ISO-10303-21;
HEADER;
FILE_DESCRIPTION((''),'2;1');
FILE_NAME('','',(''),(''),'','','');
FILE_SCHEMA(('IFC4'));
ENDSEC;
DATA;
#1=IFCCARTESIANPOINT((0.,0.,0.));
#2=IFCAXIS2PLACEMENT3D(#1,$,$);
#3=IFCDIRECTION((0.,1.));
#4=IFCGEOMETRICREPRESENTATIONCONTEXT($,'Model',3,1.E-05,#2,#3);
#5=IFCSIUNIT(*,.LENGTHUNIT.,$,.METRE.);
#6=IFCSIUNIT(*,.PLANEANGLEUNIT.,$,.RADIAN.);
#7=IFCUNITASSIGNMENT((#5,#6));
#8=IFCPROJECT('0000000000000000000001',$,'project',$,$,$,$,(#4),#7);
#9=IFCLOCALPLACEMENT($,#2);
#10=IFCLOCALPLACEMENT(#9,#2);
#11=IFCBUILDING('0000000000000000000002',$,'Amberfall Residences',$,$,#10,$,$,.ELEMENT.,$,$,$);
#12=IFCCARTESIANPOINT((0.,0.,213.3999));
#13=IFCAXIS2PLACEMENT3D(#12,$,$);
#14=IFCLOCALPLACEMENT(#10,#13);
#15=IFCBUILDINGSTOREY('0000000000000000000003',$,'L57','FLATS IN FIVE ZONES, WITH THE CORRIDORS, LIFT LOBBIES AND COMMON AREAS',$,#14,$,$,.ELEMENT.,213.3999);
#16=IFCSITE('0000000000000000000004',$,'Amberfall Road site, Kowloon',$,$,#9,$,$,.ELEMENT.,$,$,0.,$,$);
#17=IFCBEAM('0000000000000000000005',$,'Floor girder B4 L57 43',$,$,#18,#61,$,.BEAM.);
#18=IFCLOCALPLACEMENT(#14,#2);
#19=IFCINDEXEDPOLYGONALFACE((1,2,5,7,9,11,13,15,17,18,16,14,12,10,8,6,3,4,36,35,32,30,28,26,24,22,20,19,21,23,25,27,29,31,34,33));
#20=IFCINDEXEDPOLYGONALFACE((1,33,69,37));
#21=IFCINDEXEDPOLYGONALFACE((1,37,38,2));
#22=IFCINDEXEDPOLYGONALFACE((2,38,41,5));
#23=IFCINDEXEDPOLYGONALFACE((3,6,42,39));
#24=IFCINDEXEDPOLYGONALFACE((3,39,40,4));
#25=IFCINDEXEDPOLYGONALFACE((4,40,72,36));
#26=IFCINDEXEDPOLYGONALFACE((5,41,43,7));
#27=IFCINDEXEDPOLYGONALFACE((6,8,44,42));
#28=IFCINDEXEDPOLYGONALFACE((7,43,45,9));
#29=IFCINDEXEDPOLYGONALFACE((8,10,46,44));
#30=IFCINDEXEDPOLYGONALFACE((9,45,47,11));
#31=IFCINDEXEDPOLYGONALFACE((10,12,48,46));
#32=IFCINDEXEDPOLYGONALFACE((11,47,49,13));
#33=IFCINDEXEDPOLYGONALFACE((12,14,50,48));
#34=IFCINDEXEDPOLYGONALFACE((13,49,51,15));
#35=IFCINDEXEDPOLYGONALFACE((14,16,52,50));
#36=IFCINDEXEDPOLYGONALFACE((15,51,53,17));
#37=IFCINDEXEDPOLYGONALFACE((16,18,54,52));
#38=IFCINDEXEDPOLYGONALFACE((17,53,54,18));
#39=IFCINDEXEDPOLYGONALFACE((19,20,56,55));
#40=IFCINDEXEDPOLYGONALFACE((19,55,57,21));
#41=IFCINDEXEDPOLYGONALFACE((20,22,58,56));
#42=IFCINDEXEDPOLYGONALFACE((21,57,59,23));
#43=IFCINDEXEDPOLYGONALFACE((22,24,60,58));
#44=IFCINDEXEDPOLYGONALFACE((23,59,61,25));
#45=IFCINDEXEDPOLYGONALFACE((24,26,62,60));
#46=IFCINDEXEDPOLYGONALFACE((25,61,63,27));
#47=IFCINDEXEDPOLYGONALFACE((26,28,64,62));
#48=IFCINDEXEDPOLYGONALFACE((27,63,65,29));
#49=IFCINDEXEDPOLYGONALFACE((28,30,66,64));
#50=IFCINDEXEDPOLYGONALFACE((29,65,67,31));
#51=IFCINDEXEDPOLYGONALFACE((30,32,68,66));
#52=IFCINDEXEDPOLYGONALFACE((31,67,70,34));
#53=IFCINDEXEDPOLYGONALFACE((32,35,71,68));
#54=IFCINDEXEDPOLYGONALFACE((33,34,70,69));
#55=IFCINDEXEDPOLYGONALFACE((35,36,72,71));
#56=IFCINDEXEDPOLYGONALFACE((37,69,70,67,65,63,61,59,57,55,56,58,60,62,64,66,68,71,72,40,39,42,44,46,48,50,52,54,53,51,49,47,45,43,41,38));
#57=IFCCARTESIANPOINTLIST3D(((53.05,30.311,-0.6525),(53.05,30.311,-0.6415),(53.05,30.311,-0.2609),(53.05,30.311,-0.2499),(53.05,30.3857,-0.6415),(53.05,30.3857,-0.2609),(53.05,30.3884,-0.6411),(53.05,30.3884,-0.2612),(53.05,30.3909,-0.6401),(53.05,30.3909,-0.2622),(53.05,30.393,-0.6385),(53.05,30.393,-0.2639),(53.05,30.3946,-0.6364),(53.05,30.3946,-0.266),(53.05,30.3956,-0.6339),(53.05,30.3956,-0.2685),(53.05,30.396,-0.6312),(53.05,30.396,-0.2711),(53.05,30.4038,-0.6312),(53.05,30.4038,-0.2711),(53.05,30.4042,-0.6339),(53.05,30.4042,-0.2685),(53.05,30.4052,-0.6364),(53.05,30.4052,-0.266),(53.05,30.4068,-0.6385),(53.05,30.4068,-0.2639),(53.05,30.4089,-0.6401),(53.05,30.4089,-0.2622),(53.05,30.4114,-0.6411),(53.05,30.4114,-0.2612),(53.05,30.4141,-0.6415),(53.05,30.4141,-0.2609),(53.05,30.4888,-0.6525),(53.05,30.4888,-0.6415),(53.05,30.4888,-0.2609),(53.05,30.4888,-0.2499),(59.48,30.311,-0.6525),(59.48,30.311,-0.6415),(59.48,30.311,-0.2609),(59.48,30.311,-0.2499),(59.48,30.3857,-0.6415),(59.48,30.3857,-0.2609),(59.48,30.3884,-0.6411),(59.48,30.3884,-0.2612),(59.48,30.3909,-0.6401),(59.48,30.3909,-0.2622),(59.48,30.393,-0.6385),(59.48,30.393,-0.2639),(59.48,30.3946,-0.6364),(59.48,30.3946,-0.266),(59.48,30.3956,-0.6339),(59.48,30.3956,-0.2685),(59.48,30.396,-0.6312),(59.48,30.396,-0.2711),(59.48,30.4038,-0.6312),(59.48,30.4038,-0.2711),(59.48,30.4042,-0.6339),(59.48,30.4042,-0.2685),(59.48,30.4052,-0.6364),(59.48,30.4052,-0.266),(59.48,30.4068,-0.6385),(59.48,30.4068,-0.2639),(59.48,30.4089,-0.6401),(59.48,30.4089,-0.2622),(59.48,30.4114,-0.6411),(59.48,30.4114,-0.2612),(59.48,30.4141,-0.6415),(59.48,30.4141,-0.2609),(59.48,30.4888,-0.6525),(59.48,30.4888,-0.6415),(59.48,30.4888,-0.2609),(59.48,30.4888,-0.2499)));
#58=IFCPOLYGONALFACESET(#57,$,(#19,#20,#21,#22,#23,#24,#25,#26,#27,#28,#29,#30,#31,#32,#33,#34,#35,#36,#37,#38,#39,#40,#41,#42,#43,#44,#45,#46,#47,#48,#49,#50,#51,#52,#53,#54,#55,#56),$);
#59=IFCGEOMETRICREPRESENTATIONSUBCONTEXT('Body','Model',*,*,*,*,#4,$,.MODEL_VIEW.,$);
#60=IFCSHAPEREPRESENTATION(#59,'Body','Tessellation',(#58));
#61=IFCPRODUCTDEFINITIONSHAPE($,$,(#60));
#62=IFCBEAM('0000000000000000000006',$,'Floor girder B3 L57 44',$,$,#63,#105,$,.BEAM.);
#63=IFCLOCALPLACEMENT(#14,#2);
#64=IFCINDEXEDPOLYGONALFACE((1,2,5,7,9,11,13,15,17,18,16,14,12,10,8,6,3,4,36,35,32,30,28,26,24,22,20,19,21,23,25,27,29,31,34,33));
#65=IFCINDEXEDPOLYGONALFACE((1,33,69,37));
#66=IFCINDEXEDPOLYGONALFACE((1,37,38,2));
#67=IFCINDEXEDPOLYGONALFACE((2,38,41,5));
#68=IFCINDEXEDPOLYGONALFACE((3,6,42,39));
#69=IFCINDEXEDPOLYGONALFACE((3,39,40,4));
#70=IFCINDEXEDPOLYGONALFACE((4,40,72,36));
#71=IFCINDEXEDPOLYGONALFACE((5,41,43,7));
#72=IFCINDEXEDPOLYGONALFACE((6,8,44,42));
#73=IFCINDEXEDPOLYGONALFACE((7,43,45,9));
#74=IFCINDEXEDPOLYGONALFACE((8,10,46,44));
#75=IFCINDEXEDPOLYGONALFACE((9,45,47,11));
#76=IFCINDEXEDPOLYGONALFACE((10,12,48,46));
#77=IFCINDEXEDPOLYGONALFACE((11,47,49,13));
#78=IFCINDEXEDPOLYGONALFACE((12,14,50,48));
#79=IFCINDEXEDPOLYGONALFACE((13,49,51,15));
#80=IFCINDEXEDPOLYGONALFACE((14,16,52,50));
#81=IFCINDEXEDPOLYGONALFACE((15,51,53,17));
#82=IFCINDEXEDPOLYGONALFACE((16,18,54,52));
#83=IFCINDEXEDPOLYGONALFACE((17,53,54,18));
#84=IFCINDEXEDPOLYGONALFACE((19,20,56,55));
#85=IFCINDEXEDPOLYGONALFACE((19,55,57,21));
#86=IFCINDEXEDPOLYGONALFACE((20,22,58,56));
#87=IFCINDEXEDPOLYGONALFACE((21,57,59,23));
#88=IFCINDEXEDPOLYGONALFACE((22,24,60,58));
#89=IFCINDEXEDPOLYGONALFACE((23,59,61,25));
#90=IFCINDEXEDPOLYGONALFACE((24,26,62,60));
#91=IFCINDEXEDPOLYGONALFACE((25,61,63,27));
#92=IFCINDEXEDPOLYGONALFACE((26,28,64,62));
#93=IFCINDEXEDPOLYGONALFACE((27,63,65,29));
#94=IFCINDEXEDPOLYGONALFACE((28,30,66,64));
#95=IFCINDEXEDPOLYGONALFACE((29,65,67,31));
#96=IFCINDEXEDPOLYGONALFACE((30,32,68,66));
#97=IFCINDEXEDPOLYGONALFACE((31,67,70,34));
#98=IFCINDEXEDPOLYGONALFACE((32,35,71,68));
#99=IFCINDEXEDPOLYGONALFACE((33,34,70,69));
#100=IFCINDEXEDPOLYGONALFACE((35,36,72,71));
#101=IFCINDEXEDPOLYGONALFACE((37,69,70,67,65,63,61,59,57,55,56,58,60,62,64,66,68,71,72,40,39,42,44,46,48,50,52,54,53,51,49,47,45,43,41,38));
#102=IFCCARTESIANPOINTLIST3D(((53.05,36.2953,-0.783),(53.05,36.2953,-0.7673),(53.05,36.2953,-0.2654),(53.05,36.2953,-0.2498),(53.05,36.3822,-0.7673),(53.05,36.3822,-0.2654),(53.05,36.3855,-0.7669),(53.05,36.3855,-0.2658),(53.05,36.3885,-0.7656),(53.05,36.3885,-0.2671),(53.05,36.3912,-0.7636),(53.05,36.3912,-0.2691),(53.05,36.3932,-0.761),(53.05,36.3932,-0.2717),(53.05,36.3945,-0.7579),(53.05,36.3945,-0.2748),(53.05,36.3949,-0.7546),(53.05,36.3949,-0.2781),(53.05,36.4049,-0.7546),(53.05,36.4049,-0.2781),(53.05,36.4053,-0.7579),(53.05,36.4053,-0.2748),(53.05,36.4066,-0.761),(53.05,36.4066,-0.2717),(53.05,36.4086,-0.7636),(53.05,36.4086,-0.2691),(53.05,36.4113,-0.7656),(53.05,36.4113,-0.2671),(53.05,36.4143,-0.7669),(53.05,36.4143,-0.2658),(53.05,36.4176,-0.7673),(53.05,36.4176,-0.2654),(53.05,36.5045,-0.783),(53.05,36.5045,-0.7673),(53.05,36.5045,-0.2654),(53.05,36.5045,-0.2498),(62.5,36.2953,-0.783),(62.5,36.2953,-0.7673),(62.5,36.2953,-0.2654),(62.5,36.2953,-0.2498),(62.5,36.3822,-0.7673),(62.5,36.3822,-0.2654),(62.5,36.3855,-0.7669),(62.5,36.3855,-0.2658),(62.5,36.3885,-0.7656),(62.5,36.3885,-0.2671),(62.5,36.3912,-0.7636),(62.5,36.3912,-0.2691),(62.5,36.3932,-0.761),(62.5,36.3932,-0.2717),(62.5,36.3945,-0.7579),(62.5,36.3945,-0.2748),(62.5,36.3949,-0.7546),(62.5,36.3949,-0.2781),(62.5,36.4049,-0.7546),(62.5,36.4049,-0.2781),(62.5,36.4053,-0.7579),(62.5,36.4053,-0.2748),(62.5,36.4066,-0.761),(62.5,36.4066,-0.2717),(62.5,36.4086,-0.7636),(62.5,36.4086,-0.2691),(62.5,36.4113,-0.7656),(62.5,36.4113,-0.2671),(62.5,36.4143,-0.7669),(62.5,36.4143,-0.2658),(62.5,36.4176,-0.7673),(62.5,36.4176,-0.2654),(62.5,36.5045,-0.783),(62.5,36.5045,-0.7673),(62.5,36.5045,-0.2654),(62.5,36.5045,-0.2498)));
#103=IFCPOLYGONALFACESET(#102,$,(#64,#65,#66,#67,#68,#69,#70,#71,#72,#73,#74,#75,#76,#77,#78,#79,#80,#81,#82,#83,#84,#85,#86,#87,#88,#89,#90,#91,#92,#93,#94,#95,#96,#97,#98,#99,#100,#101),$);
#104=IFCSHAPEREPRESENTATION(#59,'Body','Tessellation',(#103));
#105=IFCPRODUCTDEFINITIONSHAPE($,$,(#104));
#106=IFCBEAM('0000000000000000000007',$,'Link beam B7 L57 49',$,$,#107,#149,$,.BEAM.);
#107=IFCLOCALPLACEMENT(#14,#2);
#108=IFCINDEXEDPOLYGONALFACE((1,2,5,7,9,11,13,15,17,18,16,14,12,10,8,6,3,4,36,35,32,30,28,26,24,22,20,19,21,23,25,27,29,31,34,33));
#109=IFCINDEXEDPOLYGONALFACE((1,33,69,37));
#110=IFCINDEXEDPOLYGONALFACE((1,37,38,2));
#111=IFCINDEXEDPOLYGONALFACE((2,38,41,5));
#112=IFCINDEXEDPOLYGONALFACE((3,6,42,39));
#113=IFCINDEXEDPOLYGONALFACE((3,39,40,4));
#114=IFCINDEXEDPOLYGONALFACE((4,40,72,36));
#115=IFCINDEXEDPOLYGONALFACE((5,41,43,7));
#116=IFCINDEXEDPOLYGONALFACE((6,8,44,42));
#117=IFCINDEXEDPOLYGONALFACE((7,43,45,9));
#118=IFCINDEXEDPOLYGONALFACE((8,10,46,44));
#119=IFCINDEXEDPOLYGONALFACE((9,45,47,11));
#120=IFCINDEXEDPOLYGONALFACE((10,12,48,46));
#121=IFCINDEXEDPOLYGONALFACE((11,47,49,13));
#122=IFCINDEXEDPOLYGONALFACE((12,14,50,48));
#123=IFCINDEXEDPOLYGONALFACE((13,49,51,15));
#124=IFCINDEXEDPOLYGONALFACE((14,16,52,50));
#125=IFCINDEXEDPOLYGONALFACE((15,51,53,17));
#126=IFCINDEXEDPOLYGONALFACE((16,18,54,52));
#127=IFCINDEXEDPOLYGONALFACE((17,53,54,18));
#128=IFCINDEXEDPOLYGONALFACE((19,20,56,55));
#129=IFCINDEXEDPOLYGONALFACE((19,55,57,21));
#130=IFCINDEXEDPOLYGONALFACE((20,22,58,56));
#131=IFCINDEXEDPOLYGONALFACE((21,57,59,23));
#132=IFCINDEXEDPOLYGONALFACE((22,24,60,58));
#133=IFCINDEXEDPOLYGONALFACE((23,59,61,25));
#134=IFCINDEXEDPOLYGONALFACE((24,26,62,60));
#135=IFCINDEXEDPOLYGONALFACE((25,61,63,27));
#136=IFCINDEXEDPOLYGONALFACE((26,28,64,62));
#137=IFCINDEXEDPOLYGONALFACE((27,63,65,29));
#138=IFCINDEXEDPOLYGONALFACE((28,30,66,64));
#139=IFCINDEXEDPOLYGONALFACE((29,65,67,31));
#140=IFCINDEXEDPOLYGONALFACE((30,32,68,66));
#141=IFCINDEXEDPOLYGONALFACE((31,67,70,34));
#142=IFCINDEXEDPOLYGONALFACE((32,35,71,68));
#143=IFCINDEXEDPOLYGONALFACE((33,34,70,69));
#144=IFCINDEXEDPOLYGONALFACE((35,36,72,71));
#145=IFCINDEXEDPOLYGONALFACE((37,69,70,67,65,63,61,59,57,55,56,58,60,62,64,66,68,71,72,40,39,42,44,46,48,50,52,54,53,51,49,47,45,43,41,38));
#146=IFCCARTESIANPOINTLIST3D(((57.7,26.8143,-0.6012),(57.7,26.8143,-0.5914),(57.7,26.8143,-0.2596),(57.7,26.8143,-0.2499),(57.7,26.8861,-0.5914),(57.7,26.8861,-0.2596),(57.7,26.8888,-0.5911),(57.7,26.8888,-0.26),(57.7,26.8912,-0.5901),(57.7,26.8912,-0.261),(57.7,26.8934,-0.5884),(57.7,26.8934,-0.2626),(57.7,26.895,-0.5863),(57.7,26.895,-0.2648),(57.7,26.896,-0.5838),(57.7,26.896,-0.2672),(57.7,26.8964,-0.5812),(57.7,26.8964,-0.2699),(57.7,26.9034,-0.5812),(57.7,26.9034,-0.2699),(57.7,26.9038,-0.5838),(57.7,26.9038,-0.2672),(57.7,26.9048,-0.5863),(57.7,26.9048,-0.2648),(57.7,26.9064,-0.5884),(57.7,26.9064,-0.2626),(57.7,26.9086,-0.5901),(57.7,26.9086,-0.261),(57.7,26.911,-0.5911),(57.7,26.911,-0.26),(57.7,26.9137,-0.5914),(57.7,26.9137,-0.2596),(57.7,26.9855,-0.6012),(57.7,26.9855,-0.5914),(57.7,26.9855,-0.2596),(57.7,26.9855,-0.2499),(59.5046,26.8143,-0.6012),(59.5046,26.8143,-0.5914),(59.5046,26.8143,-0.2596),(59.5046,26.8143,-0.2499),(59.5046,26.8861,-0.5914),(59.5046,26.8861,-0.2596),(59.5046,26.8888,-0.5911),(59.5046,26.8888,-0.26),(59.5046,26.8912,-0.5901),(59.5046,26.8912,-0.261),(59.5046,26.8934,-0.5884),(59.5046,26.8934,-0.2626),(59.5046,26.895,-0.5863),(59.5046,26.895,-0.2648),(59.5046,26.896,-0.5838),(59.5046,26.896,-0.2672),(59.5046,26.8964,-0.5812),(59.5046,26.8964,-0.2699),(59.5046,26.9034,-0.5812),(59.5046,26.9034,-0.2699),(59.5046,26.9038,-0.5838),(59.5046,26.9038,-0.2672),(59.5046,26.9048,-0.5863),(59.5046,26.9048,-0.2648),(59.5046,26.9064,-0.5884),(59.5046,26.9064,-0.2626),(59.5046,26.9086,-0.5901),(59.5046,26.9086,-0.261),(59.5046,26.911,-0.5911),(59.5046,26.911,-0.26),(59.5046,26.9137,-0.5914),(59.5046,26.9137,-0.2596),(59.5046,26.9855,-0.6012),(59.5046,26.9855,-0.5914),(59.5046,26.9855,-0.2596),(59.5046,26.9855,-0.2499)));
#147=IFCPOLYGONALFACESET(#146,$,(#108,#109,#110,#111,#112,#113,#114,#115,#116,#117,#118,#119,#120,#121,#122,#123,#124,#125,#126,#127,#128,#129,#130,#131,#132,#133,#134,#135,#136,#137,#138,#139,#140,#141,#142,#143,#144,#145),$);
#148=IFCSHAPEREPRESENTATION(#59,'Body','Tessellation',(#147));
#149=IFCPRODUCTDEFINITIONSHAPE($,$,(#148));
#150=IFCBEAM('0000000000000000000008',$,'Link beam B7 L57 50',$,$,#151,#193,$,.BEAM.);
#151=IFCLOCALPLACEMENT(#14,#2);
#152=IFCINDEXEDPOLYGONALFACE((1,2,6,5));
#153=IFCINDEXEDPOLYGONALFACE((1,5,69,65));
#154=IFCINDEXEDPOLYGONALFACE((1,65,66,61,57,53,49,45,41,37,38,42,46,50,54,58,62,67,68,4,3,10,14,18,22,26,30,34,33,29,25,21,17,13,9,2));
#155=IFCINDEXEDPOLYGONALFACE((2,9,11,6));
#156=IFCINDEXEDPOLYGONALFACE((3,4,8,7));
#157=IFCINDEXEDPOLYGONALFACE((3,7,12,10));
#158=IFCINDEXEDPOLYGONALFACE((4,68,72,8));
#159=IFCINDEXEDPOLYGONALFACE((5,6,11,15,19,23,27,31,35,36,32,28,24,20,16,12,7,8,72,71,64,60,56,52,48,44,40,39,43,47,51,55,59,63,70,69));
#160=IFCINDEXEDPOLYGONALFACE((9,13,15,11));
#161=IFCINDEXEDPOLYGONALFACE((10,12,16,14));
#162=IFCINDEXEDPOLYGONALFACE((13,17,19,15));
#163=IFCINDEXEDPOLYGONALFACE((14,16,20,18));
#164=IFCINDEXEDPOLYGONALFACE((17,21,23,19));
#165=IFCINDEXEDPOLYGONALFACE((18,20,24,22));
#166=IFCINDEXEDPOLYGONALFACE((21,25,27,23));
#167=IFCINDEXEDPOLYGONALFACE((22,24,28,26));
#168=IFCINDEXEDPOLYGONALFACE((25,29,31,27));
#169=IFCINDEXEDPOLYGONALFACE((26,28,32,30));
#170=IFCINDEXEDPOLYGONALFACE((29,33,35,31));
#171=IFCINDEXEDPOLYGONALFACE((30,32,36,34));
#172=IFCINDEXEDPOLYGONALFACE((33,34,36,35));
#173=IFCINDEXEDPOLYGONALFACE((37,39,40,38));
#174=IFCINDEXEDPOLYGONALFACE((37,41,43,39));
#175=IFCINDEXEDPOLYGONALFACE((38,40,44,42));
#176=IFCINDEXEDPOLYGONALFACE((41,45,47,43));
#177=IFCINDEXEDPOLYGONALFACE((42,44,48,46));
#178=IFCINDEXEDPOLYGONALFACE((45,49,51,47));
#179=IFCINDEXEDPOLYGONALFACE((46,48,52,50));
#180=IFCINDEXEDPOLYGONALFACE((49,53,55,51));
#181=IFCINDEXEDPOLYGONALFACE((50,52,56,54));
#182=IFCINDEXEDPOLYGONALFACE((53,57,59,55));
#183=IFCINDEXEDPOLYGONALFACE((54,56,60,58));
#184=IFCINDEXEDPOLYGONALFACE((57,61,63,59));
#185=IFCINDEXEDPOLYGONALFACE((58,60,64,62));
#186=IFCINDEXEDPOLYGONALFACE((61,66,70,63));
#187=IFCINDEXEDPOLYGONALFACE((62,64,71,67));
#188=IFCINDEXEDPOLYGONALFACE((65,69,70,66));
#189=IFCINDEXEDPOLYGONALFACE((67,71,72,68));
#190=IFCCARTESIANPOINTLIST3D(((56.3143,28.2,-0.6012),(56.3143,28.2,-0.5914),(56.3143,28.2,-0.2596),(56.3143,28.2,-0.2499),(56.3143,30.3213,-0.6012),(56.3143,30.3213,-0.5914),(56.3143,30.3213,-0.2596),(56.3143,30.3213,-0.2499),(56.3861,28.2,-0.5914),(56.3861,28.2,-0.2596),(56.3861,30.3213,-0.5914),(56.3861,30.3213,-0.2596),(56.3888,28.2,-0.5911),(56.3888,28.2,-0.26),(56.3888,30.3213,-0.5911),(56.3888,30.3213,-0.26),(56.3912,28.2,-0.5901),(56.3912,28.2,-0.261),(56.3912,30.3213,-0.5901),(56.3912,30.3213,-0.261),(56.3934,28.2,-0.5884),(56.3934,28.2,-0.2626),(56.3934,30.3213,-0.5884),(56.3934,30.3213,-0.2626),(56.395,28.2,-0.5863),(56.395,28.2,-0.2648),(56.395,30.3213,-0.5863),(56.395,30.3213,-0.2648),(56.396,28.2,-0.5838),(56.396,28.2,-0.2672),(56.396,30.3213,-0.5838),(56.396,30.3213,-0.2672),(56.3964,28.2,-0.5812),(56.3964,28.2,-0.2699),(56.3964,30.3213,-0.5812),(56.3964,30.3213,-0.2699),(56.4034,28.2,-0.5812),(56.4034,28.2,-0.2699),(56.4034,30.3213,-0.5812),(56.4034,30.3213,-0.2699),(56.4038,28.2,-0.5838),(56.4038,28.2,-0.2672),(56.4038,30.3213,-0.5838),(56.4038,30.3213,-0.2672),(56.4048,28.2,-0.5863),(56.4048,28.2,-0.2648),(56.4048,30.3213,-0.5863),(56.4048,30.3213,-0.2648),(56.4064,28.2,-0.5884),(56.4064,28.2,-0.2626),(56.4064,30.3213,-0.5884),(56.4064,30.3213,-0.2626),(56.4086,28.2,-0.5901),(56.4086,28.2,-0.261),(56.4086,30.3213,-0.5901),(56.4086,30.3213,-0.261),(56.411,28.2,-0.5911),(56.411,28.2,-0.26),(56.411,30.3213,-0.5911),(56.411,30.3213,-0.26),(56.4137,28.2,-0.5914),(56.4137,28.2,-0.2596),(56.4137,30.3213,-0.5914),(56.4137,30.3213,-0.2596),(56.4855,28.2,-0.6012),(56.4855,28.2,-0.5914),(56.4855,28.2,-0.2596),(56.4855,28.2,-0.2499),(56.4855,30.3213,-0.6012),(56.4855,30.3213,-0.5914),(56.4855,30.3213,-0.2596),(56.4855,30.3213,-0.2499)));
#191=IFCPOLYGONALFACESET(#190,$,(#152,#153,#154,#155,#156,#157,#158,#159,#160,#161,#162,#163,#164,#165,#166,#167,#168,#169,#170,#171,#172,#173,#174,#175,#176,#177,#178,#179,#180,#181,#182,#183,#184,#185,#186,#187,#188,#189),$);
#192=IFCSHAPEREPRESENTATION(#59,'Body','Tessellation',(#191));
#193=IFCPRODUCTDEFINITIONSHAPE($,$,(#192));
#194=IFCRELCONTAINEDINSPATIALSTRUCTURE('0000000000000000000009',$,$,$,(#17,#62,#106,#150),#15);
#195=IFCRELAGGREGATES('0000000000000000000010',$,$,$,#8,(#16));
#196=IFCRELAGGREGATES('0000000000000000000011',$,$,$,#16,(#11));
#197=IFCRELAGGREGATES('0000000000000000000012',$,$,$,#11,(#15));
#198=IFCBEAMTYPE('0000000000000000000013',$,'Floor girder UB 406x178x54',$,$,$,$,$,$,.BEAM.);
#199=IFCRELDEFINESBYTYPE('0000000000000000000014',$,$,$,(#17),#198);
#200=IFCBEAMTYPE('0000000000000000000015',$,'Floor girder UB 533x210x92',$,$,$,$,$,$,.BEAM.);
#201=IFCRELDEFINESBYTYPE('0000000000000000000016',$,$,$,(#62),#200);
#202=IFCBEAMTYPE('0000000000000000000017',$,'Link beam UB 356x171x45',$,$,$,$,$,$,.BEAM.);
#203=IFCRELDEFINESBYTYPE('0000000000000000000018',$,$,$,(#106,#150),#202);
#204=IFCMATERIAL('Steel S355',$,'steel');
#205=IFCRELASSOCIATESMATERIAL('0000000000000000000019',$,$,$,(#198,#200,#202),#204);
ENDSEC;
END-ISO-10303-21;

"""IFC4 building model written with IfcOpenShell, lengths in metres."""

from ifc_helpers import new_model, si_unit, direction, frame, origin, origin_2d, place, context, subcontext, project, spatial, i_section, extrude, material, material_profile, profile_set, type_object, element, save


model = new_model("IFC4")

# Units and contexts
model_context = context("Model", 3, precision=1e-05, world=origin(), true_north=direction((0.0, 1.0)))
body_context = subcontext(model_context, "Body", "Model", "MODEL_VIEW")
ifc_project = project(units=[si_unit("LENGTHUNIT", "METRE"), si_unit("PLANEANGLEUNIT", "RADIAN")], contexts=[model_context])

# Site, building, storey
site_placement = place(None, origin())
site = spatial("IfcSite", under=ifc_project, at=site_placement, Name="Amberfall Road site, Kowloon", CompositionType="ELEMENT", RefElevation=0.0)
building_placement = place(site_placement, origin())
building = spatial("IfcBuilding", under=site, at=building_placement, Name="Amberfall Residences", CompositionType="ELEMENT")
storey_placement = place(building_placement, frame((0.0, 0.0, 213.3999)))
storey = spatial("IfcBuildingStorey", under=building, at=storey_placement, Name="L57", Description="FLATS IN FIVE ZONES, WITH THE CORRIDORS, LIFT LOBBIES AND COMMON AREAS", CompositionType="ELEMENT", Elevation=213.3999)

# Beams
ifc_material_1 = material(Name="Steel S355", Category="steel")
ifc_material_profile_1 = material_profile(ifc_material_1, i_section(OverallWidth=0.1777, OverallDepth=0.4026, WebThickness=0.0078, FlangeThickness=0.011, FilletRadius=0.0103, at=origin_2d()), Name="UB 406x178x54")
ifc_profile_set_1 = profile_set([ifc_material_profile_1], Name="Steel S355")
beam_type_1 = type_object("IfcBeamType", Name="Floor girder UB 406x178x54", PredefinedType="BEAM", material=ifc_profile_set_1)
beam_1_placement = place(storey_placement, frame((53.05, 30.3999, -0.4512), z_axis=(1.0, 0.0, 0.0), x_axis=(0.0, 1.0, 0.0)))
element("IfcBeam", 1, at=beam_1_placement, inside=storey, type_object=beam_type_1, Name="Floor girder B4 L57 43", PredefinedType="BEAM", context=body_context, shape_type="SweptSolid", body=[
    extrude(i_section(OverallWidth=0.1777, OverallDepth=0.4026, WebThickness=0.0078, FlangeThickness=0.011, FilletRadius=0.0103, at=origin_2d()), origin(), (0.0, 0.0, 1.0), 6.4299),
])
ifc_material_profile_2 = material_profile(ifc_material_1, i_section(OverallWidth=0.2092, OverallDepth=0.5332, WebThickness=0.01, FlangeThickness=0.0156, FilletRadius=0.0127, at=origin_2d()), Name="UB 533x210x92")
ifc_profile_set_2 = profile_set([ifc_material_profile_2], Name="Steel S355")
beam_type_2 = type_object("IfcBeamType", Name="Floor girder UB 533x210x92", PredefinedType="BEAM", material=ifc_profile_set_2)
beam_2_placement = place(storey_placement, frame((53.05, 36.3999, -0.5164), z_axis=(1.0, 0.0, 0.0), x_axis=(0.0, 1.0, 0.0)))
element("IfcBeam", 2, at=beam_2_placement, inside=storey, type_object=beam_type_2, Name="Floor girder B3 L57 44", PredefinedType="BEAM", context=body_context, shape_type="SweptSolid", body=[
    extrude(i_section(OverallWidth=0.2092, OverallDepth=0.5332, WebThickness=0.01, FlangeThickness=0.0156, FilletRadius=0.0127, at=origin_2d()), origin(), (0.0, 0.0, 1.0), 9.45),
])
ifc_material_profile_3 = material_profile(ifc_material_1, i_section(OverallWidth=0.1711, OverallDepth=0.3513, WebThickness=0.0071, FlangeThickness=0.0098, FilletRadius=0.0103, at=origin_2d()), Name="UB 356x171x45")
ifc_profile_set_3 = profile_set([ifc_material_profile_3], Name="Steel S355")
beam_type_3 = type_object("IfcBeamType", Name="Link beam UB 356x171x45", PredefinedType="BEAM", material=ifc_profile_set_3)
beam_3_placement = place(storey_placement, frame((57.7, 26.8999, -0.4255), z_axis=(1.0, 0.0, 0.0), x_axis=(0.0, 1.0, 0.0)))
element("IfcBeam", 3, at=beam_3_placement, inside=storey, type_object=beam_type_3, Name="Link beam B7 L57 49", PredefinedType="BEAM", context=body_context, shape_type="SweptSolid", body=[
    extrude(i_section(OverallWidth=0.1711, OverallDepth=0.3513, WebThickness=0.0071, FlangeThickness=0.0098, FilletRadius=0.0103, at=origin_2d()), origin(), (0.0, 0.0, 1.0), 1.8047),
])
beam_4_placement = place(storey_placement, frame((56.3999, 28.2, -0.4255), z_axis=(0.0, 1.0, 0.0), x_axis=(-1.0, 0.0, 0.0)))
element("IfcBeam", 4, at=beam_4_placement, inside=storey, type_object=beam_type_3, Name="Link beam B7 L57 50", PredefinedType="BEAM", context=body_context, shape_type="SweptSolid", body=[
    extrude(i_section(OverallWidth=0.1711, OverallDepth=0.3513, WebThickness=0.0071, FlangeThickness=0.0098, FilletRadius=0.0103, at=origin_2d()), origin(), (0.0, 0.0, 1.0), 2.1213),
])

save(model, "model.ifc")
